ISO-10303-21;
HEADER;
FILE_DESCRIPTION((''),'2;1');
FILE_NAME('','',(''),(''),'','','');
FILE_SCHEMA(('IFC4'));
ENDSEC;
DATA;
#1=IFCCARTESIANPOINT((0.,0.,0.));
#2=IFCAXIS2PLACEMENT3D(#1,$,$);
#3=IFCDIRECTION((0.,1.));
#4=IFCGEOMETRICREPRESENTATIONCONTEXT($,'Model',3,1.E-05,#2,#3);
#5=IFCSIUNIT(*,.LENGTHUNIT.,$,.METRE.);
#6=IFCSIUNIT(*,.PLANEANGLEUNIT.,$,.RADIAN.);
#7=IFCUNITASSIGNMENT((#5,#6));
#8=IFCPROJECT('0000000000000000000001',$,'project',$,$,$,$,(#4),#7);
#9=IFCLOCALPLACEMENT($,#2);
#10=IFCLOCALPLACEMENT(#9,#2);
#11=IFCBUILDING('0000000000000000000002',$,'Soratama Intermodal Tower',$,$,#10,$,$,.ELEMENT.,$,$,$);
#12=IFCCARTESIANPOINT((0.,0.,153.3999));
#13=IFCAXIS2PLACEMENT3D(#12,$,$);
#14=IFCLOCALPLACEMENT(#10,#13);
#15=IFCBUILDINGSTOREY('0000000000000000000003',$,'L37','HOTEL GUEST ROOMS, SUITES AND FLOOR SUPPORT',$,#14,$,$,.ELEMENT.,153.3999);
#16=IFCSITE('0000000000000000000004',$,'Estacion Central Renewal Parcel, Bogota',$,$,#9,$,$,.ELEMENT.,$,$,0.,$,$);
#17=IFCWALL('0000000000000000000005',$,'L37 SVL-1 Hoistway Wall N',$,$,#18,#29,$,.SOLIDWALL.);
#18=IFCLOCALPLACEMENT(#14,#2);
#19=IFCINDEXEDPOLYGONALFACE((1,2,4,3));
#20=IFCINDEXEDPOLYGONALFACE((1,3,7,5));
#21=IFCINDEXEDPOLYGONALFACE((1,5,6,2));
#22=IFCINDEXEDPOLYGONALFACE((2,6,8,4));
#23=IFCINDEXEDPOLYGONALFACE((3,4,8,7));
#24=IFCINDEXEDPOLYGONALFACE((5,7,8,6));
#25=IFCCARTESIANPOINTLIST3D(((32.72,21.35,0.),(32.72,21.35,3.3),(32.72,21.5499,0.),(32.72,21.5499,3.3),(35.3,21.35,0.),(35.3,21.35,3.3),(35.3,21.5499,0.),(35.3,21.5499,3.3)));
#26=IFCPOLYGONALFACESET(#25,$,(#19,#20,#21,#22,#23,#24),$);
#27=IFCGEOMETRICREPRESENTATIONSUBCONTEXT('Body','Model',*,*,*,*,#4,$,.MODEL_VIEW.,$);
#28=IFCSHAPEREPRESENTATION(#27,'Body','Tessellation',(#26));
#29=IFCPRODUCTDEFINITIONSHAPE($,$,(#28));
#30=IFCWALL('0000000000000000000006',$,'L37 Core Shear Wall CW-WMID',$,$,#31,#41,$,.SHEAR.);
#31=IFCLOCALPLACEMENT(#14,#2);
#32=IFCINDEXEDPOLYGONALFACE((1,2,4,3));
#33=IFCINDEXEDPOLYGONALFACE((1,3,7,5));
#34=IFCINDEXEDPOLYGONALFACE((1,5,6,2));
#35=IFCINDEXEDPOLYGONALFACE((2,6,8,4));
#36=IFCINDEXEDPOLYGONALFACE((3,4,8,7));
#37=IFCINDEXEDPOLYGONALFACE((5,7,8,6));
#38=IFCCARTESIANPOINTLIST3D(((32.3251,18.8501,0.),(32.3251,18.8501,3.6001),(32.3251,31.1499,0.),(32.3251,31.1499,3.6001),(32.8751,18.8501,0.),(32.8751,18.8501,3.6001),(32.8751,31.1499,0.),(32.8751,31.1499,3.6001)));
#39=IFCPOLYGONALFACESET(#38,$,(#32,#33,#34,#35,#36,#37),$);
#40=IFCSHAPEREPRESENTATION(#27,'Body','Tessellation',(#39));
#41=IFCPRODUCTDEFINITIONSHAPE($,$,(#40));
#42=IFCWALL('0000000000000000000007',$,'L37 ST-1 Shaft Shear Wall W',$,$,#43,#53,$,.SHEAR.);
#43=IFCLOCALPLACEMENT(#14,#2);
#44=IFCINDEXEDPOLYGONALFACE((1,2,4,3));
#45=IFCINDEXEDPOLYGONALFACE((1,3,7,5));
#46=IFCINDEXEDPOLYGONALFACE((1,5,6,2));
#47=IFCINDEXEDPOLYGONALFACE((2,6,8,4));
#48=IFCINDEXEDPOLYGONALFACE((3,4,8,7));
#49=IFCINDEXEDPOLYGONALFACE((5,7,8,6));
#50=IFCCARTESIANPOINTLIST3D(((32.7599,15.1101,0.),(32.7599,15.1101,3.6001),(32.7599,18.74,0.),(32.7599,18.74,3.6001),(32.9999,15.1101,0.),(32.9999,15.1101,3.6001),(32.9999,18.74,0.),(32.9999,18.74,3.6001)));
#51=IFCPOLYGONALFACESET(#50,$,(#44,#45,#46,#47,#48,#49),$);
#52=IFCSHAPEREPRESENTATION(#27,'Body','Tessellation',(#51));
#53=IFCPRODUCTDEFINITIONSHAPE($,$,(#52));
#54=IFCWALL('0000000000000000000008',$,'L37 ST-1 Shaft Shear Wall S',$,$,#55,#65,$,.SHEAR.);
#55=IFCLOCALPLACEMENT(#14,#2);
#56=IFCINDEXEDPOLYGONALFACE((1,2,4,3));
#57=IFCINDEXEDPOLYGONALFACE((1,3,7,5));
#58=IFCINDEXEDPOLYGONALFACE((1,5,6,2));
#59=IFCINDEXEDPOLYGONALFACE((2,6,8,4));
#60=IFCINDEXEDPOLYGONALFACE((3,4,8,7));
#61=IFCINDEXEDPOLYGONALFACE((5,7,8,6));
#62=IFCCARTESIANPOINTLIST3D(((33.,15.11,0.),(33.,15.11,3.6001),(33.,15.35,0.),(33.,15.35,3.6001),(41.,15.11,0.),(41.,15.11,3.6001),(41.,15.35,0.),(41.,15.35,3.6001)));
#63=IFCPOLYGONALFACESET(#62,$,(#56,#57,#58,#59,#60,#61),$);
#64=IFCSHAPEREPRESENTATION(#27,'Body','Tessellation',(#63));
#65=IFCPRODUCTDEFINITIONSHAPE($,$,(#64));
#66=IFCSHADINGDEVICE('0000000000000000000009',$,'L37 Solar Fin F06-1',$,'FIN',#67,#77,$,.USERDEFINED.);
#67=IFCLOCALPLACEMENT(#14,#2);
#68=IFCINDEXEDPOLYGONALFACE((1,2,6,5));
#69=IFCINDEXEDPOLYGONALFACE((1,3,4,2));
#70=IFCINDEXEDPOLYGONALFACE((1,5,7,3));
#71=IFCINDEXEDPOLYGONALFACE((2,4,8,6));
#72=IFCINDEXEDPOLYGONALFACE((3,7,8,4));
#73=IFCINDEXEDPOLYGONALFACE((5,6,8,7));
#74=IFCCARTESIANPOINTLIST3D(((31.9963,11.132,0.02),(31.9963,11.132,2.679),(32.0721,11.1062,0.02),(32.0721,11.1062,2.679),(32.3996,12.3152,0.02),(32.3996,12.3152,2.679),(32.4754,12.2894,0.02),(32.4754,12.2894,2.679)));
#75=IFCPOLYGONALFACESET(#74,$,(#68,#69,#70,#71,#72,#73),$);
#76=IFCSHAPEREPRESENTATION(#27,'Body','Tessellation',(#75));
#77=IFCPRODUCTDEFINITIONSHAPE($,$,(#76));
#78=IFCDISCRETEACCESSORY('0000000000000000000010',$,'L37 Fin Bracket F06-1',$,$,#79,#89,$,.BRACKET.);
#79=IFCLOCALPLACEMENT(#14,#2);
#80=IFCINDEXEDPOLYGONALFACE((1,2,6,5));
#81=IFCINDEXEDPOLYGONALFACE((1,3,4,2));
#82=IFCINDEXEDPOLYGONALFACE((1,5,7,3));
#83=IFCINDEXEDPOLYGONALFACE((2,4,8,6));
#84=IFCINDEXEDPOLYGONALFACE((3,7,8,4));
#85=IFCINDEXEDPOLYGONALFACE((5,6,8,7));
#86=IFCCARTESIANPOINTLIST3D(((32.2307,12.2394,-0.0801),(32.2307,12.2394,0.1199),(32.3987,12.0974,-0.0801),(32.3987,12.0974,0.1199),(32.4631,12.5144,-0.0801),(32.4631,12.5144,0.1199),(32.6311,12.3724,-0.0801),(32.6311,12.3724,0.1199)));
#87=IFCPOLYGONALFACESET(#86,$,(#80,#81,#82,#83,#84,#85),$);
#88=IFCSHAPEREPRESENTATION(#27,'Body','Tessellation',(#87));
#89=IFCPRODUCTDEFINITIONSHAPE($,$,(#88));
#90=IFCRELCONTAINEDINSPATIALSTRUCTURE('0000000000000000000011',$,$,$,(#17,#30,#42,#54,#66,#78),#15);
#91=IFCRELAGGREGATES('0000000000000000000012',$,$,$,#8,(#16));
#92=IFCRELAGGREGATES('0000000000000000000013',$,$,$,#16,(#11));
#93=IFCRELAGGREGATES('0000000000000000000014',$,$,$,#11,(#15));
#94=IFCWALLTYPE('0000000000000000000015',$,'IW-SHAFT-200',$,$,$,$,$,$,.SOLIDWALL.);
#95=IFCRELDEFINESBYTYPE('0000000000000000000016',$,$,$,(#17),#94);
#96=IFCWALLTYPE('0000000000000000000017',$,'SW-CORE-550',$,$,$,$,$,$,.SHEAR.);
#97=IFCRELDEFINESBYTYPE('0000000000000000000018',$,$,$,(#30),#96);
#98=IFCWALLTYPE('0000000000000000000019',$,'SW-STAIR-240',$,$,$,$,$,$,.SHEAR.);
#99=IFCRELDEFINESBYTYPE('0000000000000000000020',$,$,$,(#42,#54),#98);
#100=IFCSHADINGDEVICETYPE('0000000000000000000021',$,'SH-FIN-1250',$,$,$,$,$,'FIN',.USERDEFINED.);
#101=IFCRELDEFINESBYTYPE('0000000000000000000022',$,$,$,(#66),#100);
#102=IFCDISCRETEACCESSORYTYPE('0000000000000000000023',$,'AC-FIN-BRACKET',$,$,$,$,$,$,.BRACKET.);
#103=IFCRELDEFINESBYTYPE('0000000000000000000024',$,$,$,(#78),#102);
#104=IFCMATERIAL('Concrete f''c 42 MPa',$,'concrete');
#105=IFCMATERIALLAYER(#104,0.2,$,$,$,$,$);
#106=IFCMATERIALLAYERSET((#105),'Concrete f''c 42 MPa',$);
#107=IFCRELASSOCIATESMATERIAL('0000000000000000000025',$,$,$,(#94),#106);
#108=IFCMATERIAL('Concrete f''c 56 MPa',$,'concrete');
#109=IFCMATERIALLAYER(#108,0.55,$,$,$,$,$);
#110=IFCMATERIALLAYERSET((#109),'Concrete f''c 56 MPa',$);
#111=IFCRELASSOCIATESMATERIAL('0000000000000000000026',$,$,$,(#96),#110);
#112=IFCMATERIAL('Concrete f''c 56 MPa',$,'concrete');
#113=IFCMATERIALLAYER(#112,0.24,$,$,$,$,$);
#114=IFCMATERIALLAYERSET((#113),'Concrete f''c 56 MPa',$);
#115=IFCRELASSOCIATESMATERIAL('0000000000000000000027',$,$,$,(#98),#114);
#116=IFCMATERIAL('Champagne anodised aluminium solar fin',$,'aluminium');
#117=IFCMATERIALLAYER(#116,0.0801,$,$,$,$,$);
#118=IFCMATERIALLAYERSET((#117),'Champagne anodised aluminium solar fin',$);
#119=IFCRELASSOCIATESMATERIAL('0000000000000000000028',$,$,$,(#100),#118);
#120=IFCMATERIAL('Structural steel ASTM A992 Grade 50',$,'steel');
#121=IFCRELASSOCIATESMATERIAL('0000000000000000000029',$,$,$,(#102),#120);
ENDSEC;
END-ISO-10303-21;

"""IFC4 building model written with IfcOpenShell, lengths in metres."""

from ifc_helpers import new_model, si_unit, direction, frame, frame_2d, origin, origin_2d, place, context, subcontext, project, spatial, rectangle, extrude, material, layer, layer_set, type_object, element, save


model = new_model("IFC4")

# Units and contexts
model_context = context("Model", 3, precision=1e-05, world=origin(), true_north=direction((0.0, 1.0)))
body_context = subcontext(model_context, "Body", "Model", "MODEL_VIEW")
ifc_project = project(units=[si_unit("LENGTHUNIT", "METRE"), si_unit("PLANEANGLEUNIT", "RADIAN")], contexts=[model_context])

# Site, building, storey
site_placement = place(None, origin())
site = spatial("IfcSite", under=ifc_project, at=site_placement, Name="Estacion Central Renewal Parcel, Bogota", CompositionType="ELEMENT", RefElevation=0.0)
building_placement = place(site_placement, origin())
building = spatial("IfcBuilding", under=site, at=building_placement, Name="Soratama Intermodal Tower", CompositionType="ELEMENT")
storey_placement = place(building_placement, frame((0.0, 0.0, 153.3999)))
storey = spatial("IfcBuildingStorey", under=building, at=storey_placement, Name="L37", Description="HOTEL GUEST ROOMS, SUITES AND FLOOR SUPPORT", CompositionType="ELEMENT", Elevation=153.3999)

# Walls
ifc_material_1 = material(Name="Concrete f'c 42 MPa", Category="concrete")
ifc_layer_1 = layer(ifc_material_1, 0.2)
ifc_layer_set_1 = layer_set([ifc_layer_1], Name="Concrete f'c 42 MPa")
wall_type_1 = type_object("IfcWallType", Name="IW-SHAFT-200", PredefinedType="SOLIDWALL", material=ifc_layer_set_1)
wall_1_placement = place(storey_placement, frame((32.72, 21.45, 0.0), z_axis=(0.0, 0.0, 1.0), x_axis=(1.0, 0.0, 0.0)))
element("IfcWall", 1, at=wall_1_placement, inside=storey, type_object=wall_type_1, Name="L37 SVL-1 Hoistway Wall N", PredefinedType="SOLIDWALL", context=body_context, shape_type="SweptSolid", body=[
    extrude(rectangle(XDim=2.5801, YDim=0.2, at=frame_2d((1.29, 0.0))), origin(), (0.0, 0.0, 1.0), 3.3),
])
ifc_material_2 = material(Name="Concrete f'c 56 MPa", Category="concrete")
ifc_layer_2 = layer(ifc_material_2, 0.55)
ifc_layer_set_2 = layer_set([ifc_layer_2], Name="Concrete f'c 56 MPa")
wall_type_2 = type_object("IfcWallType", Name="SW-CORE-550", PredefinedType="SHEAR", material=ifc_layer_set_2)
wall_2_placement = place(storey_placement, frame((32.6001, 18.8501, 0.0), z_axis=(0.0, 0.0, 1.0), x_axis=(0.0, 1.0, 0.0)))
element("IfcWall", 2, at=wall_2_placement, inside=storey, type_object=wall_type_2, Name="L37 Core Shear Wall CW-WMID", PredefinedType="SHEAR", context=body_context, shape_type="SweptSolid", body=[
    extrude(rectangle(XDim=12.2998, YDim=0.55, at=frame_2d((6.1499, 0.0))), origin(), (0.0, 0.0, 1.0), 3.6001),
])
ifc_material_3 = material(Name="Concrete f'c 56 MPa", Category="concrete")
ifc_layer_3 = layer(ifc_material_3, 0.24)
ifc_layer_set_3 = layer_set([ifc_layer_3], Name="Concrete f'c 56 MPa")
wall_type_3 = type_object("IfcWallType", Name="SW-STAIR-240", PredefinedType="SHEAR", material=ifc_layer_set_3)
wall_3_placement = place(storey_placement, frame((32.8799, 15.1101, 0.0), z_axis=(0.0, 0.0, 1.0), x_axis=(0.0, 1.0, 0.0)))
element("IfcWall", 3, at=wall_3_placement, inside=storey, type_object=wall_type_3, Name="L37 ST-1 Shaft Shear Wall W", PredefinedType="SHEAR", context=body_context, shape_type="SweptSolid", body=[
    extrude(rectangle(XDim=3.6299, YDim=0.24, at=frame_2d((1.8149, 0.0))), origin(), (0.0, 0.0, 1.0), 3.6001),
])
wall_4_placement = place(storey_placement, frame((33.0, 15.23, 0.0), z_axis=(0.0, 0.0, 1.0), x_axis=(1.0, 0.0, 0.0)))
element("IfcWall", 4, at=wall_4_placement, inside=storey, type_object=wall_type_3, Name="L37 ST-1 Shaft Shear Wall S", PredefinedType="SHEAR", context=body_context, shape_type="SweptSolid", body=[
    extrude(rectangle(XDim=8.0, YDim=0.24, at=frame_2d((4.0, 0.0))), origin(), (0.0, 0.0, 1.0), 3.6001),
])

# Shading device
ifc_material_4 = material(Name="Champagne anodised aluminium solar fin", Category="aluminium")
ifc_layer_4 = layer(ifc_material_4, 0.0801)
ifc_layer_set_4 = layer_set([ifc_layer_4], Name="Champagne anodised aluminium solar fin")
shading_device_type = type_object("IfcShadingDeviceType", Name="SH-FIN-1250", ElementType="FIN", PredefinedType="USERDEFINED", material=ifc_layer_set_4)
shading_device_placement = place(storey_placement, frame((32.2358, 11.7107, 0.02), z_axis=(0.0, 0.0, 1.0), x_axis=(-0.322596, -0.946537, 0.0)))
element("IfcShadingDevice", 5, at=shading_device_placement, inside=storey, type_object=shading_device_type, Name="L37 Solar Fin F06-1", ObjectType="FIN", PredefinedType="USERDEFINED", context=body_context, shape_type="SweptSolid", body=[
    extrude(rectangle(XDim=1.25, YDim=0.0801, at=origin_2d()), origin(), (0.0, 0.0, 1.0), 2.6589),
])

# Discrete accessory
ifc_material_5 = material(Name="Structural steel ASTM A992 Grade 50", Category="steel")
discrete_accessory_type = type_object("IfcDiscreteAccessoryType", Name="AC-FIN-BRACKET", PredefinedType="BRACKET", material=ifc_material_5)
discrete_accessory_placement = place(storey_placement, frame((32.4309, 12.3059, -0.0801), z_axis=(0.0, 0.0, 1.0), x_axis=(-0.645458, -0.763796, 0.0)))
element("IfcDiscreteAccessory", 6, at=discrete_accessory_placement, inside=storey, type_object=discrete_accessory_type, Name="L37 Fin Bracket F06-1", PredefinedType="BRACKET", context=body_context, shape_type="SweptSolid", body=[
    extrude(rectangle(XDim=0.3601, YDim=0.22, at=origin_2d()), origin(), (0.0, 0.0, 1.0), 0.2),
])

save(model, "model.ifc")
